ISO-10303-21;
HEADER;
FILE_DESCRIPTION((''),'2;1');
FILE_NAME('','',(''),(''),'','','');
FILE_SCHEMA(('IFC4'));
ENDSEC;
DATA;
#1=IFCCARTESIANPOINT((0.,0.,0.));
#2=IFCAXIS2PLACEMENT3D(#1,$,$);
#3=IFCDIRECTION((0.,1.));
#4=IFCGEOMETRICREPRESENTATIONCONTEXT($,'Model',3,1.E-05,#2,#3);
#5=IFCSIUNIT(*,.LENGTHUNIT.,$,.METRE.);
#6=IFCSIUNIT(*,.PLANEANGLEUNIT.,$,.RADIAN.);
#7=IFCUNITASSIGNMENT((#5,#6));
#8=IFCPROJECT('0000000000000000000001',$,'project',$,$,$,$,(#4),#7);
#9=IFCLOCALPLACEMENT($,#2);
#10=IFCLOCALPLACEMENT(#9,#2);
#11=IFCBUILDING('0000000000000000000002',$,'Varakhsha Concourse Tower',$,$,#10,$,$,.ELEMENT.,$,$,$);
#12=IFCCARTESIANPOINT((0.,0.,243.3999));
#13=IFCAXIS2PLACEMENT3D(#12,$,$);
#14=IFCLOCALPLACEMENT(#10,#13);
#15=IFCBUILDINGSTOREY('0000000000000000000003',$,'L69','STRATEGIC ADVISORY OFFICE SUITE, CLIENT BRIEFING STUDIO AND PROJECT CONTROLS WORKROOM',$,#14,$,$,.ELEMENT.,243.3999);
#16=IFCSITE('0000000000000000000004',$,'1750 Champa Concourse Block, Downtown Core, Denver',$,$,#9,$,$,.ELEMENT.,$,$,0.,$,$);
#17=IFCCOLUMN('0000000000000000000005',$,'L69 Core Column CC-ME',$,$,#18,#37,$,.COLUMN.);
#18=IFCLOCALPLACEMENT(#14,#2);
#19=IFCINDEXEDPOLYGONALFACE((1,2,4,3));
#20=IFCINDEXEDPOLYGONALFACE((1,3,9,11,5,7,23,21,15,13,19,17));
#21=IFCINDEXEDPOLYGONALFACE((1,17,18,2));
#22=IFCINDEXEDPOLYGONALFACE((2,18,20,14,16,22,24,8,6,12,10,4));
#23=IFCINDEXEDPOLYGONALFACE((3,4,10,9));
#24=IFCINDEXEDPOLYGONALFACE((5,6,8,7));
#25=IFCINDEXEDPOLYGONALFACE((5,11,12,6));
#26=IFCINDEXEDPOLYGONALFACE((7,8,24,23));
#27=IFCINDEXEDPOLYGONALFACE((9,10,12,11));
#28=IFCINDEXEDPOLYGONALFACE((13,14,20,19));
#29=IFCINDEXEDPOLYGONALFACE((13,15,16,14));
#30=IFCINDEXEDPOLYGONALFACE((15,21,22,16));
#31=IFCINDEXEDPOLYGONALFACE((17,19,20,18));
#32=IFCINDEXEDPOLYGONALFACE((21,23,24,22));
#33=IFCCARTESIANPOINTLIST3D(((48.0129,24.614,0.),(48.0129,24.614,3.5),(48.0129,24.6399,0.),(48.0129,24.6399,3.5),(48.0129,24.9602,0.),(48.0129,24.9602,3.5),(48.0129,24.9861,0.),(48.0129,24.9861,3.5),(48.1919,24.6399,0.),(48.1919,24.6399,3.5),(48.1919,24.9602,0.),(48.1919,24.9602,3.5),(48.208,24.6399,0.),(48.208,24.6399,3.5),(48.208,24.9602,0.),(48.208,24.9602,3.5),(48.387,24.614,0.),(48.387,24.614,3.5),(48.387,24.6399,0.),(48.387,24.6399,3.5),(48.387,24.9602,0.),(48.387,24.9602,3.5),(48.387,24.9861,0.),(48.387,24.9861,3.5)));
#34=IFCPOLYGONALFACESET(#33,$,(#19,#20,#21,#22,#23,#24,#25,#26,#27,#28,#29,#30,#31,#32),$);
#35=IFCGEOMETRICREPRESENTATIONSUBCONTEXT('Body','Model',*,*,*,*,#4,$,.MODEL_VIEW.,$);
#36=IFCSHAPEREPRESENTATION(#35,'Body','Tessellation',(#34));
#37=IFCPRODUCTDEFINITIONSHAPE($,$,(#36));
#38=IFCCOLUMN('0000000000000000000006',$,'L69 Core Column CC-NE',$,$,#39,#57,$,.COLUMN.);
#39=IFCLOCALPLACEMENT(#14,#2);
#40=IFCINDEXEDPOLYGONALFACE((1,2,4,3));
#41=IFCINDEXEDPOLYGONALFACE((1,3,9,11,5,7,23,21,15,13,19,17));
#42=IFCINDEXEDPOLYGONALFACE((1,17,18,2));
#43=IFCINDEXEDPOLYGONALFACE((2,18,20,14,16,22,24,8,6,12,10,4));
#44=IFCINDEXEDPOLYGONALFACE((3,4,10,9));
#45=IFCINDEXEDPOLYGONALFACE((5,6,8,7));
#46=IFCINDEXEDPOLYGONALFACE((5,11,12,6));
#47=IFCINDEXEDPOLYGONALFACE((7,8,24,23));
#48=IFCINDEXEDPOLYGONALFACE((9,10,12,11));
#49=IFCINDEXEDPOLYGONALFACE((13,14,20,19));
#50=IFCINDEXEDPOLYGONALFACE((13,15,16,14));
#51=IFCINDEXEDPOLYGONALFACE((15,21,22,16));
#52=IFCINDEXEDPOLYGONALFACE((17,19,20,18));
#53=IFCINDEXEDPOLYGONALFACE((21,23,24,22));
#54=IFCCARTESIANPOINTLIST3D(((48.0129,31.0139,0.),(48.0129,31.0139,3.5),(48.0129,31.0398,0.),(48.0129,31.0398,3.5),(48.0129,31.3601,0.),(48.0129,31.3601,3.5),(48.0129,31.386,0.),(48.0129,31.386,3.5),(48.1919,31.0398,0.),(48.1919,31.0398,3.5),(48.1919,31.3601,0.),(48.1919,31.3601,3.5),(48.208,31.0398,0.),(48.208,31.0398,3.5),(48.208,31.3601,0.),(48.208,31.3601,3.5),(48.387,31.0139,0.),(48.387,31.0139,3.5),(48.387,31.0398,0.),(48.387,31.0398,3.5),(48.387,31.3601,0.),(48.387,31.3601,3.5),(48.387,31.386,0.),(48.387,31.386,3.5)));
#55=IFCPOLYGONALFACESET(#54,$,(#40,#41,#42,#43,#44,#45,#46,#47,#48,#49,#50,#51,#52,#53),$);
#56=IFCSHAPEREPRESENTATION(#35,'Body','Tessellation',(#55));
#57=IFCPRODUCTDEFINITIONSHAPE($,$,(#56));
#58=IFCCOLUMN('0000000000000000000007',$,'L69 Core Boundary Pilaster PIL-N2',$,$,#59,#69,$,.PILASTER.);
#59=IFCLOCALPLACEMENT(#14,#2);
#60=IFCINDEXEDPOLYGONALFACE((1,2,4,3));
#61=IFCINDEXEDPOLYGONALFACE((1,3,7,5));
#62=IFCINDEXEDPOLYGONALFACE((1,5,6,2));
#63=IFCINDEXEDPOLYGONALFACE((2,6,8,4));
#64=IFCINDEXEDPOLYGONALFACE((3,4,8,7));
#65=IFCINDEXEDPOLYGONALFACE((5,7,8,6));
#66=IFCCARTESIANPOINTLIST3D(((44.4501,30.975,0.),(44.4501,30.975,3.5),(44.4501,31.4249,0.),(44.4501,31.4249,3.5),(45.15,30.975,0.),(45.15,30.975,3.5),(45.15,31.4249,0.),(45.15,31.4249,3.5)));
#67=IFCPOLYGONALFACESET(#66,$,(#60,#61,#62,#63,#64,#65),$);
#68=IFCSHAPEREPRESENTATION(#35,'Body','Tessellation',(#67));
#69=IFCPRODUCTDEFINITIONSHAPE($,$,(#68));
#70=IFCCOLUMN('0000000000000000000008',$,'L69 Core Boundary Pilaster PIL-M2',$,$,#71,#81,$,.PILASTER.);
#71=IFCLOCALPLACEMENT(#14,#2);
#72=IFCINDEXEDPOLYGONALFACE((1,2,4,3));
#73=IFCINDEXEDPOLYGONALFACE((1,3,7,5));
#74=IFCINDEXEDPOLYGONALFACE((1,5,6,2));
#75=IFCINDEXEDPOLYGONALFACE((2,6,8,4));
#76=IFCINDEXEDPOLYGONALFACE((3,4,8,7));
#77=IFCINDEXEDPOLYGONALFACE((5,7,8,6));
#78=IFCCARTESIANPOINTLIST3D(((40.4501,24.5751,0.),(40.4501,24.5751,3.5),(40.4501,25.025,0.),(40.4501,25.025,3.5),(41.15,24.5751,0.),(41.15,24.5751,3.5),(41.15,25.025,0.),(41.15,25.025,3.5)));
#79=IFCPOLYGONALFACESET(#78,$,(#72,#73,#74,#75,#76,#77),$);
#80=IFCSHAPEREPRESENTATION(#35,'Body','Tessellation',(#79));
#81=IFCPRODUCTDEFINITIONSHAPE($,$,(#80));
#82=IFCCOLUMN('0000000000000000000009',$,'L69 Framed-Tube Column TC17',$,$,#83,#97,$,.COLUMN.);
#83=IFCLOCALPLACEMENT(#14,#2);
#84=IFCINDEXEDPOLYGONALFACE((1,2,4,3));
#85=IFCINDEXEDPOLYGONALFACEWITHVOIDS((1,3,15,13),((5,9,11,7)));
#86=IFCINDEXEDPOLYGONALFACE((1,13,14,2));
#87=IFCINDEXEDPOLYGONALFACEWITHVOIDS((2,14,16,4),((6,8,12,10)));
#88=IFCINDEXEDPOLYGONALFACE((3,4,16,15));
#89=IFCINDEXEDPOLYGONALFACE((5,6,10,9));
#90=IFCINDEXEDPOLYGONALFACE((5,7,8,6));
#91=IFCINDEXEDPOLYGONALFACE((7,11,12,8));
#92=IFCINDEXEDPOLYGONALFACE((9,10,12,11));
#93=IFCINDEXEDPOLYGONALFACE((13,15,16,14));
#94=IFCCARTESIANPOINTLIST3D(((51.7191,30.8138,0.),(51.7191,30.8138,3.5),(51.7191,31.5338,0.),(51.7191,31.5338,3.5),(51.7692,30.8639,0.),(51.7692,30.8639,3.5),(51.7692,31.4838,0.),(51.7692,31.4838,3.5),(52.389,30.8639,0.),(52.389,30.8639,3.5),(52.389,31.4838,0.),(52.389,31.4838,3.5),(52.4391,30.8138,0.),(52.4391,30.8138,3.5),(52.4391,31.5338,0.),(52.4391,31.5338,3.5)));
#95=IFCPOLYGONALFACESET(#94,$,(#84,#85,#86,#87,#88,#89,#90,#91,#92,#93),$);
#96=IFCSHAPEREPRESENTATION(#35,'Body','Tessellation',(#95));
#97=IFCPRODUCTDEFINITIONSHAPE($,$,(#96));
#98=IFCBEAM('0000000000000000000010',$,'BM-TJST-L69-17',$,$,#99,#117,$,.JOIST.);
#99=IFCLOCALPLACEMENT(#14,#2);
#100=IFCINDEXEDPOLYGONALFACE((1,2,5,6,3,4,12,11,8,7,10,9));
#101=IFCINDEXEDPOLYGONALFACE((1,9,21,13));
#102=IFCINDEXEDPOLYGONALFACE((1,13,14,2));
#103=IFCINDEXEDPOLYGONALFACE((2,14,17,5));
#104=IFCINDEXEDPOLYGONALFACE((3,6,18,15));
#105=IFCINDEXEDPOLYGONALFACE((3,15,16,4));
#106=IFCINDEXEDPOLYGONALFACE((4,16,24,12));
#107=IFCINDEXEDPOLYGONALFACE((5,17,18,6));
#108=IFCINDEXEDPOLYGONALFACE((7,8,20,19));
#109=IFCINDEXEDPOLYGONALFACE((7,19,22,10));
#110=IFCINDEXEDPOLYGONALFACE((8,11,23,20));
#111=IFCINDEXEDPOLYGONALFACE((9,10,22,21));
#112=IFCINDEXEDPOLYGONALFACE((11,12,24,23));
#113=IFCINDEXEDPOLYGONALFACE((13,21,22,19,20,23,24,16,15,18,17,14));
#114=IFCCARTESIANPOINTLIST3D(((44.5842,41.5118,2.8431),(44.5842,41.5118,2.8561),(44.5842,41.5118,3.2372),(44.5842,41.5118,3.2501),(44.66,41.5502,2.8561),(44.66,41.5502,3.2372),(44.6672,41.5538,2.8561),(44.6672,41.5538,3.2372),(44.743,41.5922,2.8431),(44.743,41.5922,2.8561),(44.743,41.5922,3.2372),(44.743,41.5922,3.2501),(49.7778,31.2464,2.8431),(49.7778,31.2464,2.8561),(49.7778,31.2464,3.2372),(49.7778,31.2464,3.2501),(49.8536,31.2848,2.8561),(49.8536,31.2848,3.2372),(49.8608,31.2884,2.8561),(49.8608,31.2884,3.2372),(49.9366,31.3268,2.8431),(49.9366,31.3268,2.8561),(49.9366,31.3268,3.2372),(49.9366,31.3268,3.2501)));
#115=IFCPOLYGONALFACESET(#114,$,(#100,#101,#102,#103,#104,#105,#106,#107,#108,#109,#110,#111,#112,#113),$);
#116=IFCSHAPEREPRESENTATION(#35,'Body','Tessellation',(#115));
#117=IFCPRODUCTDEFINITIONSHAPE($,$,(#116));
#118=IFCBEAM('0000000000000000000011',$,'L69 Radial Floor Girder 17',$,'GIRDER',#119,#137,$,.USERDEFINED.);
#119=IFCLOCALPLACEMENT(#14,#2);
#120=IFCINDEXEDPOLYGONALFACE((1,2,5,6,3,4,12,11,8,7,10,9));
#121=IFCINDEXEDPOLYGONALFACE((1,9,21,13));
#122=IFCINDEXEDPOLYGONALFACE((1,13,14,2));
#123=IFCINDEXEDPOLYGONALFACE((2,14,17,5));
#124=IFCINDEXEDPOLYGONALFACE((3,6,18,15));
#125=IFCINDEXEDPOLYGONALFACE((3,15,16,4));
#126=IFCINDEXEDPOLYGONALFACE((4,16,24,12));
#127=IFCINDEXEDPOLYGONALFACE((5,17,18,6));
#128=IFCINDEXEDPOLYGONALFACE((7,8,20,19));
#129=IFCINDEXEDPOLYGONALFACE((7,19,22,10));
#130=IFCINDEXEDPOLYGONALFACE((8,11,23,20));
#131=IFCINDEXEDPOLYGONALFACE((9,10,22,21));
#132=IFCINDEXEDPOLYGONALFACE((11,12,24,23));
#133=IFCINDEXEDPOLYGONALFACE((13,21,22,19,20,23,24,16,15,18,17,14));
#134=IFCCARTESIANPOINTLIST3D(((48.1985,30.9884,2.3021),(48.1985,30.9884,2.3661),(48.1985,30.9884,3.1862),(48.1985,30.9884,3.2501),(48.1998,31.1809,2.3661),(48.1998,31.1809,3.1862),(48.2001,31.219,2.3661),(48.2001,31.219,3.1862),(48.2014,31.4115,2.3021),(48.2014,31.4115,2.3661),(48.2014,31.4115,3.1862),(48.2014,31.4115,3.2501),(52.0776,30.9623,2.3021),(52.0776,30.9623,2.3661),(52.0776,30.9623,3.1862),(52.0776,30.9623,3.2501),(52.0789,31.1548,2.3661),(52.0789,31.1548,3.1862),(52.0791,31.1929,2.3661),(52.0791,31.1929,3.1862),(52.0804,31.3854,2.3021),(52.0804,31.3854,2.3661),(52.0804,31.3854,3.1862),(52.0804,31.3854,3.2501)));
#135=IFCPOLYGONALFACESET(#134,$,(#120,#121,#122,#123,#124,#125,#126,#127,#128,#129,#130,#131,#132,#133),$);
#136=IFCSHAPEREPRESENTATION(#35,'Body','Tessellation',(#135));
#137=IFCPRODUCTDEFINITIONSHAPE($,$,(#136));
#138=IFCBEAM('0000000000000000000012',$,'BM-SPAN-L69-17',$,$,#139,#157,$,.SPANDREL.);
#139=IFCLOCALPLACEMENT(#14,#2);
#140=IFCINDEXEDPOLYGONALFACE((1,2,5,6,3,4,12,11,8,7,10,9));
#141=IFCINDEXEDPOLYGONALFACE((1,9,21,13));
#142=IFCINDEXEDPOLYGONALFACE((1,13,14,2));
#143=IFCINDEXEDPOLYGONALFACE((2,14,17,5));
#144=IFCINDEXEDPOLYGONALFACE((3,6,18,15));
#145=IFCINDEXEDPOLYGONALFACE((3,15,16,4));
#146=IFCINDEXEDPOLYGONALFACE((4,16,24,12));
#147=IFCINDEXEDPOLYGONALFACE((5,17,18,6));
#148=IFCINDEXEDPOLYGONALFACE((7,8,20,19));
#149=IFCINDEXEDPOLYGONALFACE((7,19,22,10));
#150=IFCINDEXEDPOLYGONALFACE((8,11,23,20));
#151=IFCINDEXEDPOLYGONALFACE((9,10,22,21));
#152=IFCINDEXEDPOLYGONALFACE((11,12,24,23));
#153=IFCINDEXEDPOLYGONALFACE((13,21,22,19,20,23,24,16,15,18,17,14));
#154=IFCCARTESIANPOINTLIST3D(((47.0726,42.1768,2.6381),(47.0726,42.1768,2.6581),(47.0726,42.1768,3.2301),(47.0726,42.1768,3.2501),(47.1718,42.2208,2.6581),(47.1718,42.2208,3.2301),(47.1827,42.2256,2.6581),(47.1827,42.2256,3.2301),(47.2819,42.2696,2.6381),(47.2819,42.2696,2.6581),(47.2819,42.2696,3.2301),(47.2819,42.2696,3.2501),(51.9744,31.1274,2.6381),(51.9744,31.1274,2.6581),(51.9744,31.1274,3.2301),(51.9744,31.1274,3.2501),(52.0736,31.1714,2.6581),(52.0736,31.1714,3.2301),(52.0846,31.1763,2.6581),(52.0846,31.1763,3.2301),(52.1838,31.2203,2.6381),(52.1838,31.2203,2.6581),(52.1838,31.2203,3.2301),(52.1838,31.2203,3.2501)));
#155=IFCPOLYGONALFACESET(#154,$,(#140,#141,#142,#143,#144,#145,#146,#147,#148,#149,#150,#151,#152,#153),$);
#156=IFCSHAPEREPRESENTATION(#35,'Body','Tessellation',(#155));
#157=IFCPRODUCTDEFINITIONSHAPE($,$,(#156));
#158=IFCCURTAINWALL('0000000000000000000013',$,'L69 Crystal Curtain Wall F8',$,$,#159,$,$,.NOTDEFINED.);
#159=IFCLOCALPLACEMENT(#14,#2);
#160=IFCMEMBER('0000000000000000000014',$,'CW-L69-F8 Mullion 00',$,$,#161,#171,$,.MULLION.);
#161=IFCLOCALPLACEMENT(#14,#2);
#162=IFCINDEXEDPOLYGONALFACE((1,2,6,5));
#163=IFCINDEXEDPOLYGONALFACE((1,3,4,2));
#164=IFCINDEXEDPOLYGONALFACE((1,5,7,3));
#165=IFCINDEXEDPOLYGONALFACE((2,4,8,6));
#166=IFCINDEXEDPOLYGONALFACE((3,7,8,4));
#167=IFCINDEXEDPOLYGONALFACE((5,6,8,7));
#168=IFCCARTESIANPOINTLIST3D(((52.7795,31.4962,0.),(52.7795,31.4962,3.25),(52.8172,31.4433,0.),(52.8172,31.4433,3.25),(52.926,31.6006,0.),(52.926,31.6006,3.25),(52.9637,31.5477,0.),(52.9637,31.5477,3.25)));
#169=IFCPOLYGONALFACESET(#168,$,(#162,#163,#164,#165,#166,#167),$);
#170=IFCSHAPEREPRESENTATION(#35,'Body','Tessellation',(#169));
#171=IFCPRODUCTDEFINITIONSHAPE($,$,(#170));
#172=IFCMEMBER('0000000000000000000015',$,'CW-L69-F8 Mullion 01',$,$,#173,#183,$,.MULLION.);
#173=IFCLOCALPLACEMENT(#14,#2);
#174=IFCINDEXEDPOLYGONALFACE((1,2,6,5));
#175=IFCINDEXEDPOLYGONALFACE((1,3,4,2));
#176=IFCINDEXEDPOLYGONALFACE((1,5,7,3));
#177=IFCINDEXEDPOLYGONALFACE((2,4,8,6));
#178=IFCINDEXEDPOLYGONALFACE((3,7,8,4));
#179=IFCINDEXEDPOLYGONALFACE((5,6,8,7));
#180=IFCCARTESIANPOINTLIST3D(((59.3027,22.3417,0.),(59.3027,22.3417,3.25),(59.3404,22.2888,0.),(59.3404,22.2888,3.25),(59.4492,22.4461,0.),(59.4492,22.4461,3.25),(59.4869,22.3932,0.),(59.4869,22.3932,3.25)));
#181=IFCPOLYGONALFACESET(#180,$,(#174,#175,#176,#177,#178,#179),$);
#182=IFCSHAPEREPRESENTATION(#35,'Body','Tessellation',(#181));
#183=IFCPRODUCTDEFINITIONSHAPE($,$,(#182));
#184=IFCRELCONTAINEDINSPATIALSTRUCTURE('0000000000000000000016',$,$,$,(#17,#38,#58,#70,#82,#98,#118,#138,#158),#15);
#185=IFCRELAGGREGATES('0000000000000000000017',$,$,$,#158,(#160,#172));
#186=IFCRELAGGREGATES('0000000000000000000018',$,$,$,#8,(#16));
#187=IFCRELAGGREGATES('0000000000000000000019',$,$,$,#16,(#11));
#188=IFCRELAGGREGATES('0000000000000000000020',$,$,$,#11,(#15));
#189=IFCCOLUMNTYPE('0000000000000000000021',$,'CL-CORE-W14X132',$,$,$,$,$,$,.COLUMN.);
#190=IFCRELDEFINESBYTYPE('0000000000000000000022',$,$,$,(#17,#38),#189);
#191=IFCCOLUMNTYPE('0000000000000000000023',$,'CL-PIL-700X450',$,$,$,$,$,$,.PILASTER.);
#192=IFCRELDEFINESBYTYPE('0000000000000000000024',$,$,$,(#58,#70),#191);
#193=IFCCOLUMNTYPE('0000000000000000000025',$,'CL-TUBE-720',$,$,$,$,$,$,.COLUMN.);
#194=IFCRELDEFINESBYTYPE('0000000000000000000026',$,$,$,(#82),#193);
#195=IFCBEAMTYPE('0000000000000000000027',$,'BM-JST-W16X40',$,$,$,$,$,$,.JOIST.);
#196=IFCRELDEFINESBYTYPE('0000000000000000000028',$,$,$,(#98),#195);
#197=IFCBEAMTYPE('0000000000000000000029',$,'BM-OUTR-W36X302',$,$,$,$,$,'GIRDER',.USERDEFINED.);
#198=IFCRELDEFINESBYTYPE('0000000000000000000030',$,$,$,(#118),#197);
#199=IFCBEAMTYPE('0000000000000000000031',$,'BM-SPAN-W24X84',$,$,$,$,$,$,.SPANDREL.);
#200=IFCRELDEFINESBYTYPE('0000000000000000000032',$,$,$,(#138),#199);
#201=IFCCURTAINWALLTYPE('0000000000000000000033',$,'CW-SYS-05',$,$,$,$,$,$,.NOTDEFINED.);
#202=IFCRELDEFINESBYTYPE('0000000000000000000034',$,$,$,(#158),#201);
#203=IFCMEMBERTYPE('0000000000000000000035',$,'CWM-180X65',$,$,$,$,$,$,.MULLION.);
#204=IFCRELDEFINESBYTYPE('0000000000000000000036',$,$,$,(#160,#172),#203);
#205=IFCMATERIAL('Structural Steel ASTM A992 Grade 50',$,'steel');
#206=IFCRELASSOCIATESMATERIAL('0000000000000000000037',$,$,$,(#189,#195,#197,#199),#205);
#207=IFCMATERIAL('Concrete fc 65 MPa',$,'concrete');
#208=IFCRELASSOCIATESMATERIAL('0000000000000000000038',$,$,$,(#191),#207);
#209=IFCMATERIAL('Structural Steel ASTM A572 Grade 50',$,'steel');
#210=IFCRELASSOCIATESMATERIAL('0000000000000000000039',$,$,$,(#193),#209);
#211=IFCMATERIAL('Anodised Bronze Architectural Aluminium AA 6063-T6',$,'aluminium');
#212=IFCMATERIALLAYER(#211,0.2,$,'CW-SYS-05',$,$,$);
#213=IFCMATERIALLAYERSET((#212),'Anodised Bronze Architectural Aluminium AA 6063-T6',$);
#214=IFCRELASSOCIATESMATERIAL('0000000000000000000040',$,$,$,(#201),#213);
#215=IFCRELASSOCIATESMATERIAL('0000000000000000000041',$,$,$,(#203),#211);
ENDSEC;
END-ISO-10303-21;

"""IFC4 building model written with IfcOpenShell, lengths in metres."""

from ifc_helpers import new_model, si_unit, direction, frame, origin, origin_2d, place, context, subcontext, project, spatial, rectangle, hollow_rectangle, i_section, extrude, source, transform, mapped, material, layer, layer_set, material_profile, profile_set, type_object, type_shapes, element, aggregate, save


model = new_model("IFC4")

# Units and contexts
model_context = context("Model", 3, precision=1e-05, world=origin(), true_north=direction((0.0, 1.0)))
body_context = subcontext(model_context, "Body", "Model", "MODEL_VIEW")
ifc_project = project(units=[si_unit("LENGTHUNIT", "METRE"), si_unit("PLANEANGLEUNIT", "RADIAN")], contexts=[model_context])

# Site, building, storey
site_placement = place(None, origin())
site = spatial("IfcSite", under=ifc_project, at=site_placement, Name="1750 Champa Concourse Block, Downtown Core, Denver", CompositionType="ELEMENT", RefElevation=0.0)
building_placement = place(site_placement, origin())
building = spatial("IfcBuilding", under=site, at=building_placement, Name="Varakhsha Concourse Tower", CompositionType="ELEMENT")
storey_placement = place(building_placement, frame((0.0, 0.0, 243.3999)))
storey = spatial("IfcBuildingStorey", under=building, at=storey_placement, Name="L69", Description="STRATEGIC ADVISORY OFFICE SUITE, CLIENT BRIEFING STUDIO AND PROJECT CONTROLS WORKROOM", CompositionType="ELEMENT", Elevation=243.3999)

# Columns
ifc_material_1 = material(Name="Structural Steel ASTM A992 Grade 50", Category="steel")
ifc_material_profile_1 = material_profile(ifc_material_1, i_section(OverallWidth=0.374, OverallDepth=0.3721, WebThickness=0.0161, FlangeThickness=0.0259, at=origin_2d()), Name="W14X132")
ifc_profile_set_1 = profile_set([ifc_material_profile_1], Name="Structural Steel ASTM A992 Grade 50")
column_type_1 = type_object("IfcColumnType", Name="CL-CORE-W14X132", PredefinedType="COLUMN", material=ifc_profile_set_1)
for number, where, z_axis, x_axis, name in (
    (1, (48.2, 24.8, 0.0), (0.0, 0.0, 1.0), (1.0, 0.0, 0.0), "L69 Core Column CC-ME"),
    (2, (48.2, 31.2, 0.0), (0.0, 0.0, 1.0), (1.0, 0.0, 0.0), "L69 Core Column CC-NE"),
):
    element("IfcColumn", number, at=place(storey_placement, frame(where, z_axis=z_axis, x_axis=x_axis)), inside=storey, type_object=column_type_1, Name=name, PredefinedType="COLUMN", context=body_context, shape_type="SweptSolid", body=[
        extrude(i_section(OverallWidth=0.374, OverallDepth=0.3721, WebThickness=0.0161, FlangeThickness=0.0259, at=origin_2d()), origin(), (0.0, 0.0, 1.0), 3.5),
    ])
ifc_material_2 = material(Name="Concrete fc 65 MPa", Category="concrete")
ifc_material_profile_2 = material_profile(ifc_material_2, rectangle(XDim=0.7, YDim=0.45, at=origin_2d()), Name="RC 700x450")
ifc_profile_set_2 = profile_set([ifc_material_profile_2], Name="Concrete fc 65 MPa")
column_type_2 = type_object("IfcColumnType", Name="CL-PIL-700X450", PredefinedType="PILASTER", material=ifc_profile_set_2)
for number, where, z_axis, x_axis, name in (
    (3, (44.8, 31.2, 0.0), (0.0, 0.0, 1.0), (1.0, 0.0, 0.0), "L69 Core Boundary Pilaster PIL-N2"),
    (4, (40.8, 24.8, 0.0), (0.0, 0.0, 1.0), (1.0, 0.0, 0.0), "L69 Core Boundary Pilaster PIL-M2"),
):
    element("IfcColumn", number, at=place(storey_placement, frame(where, z_axis=z_axis, x_axis=x_axis)), inside=storey, type_object=column_type_2, Name=name, PredefinedType="PILASTER", context=body_context, shape_type="SweptSolid", body=[
        extrude(rectangle(XDim=0.7, YDim=0.45, at=origin_2d()), origin(), (0.0, 0.0, 1.0), 3.5),
    ])
ifc_material_3 = material(Name="Structural Steel ASTM A572 Grade 50", Category="steel")
ifc_material_profile_3 = material_profile(ifc_material_3, hollow_rectangle(XDim=0.72, YDim=0.72, WallThickness=0.05, at=origin_2d()), Name="BOX 720x720x50")
ifc_profile_set_3 = profile_set([ifc_material_profile_3], Name="Structural Steel ASTM A572 Grade 50")
column_type_3 = type_object("IfcColumnType", Name="CL-TUBE-720", PredefinedType="COLUMN", material=ifc_profile_set_3)
column_placement = place(storey_placement, frame((52.0791, 31.1738, 0.0), z_axis=(0.0, 0.0, 1.0), x_axis=(1.0, 0.0, 0.0)))
element("IfcColumn", 5, at=column_placement, inside=storey, type_object=column_type_3, Name="L69 Framed-Tube Column TC17", PredefinedType="COLUMN", context=body_context, shape_type="SweptSolid", body=[
    extrude(hollow_rectangle(XDim=0.72, YDim=0.72, WallThickness=0.05, at=origin_2d()), origin(), (0.0, 0.0, 1.0), 3.5),
])

# Beams
ifc_material_profile_4 = material_profile(ifc_material_1, i_section(OverallWidth=0.178, OverallDepth=0.407, WebThickness=0.0081, FlangeThickness=0.0129, at=origin_2d()), Name="W16X40")
ifc_profile_set_4 = profile_set([ifc_material_profile_4], Name="Structural Steel ASTM A992 Grade 50")
beam_type_1 = type_object("IfcBeamType", Name="BM-JST-W16X40", PredefinedType="JOIST", material=ifc_profile_set_4)
beam_1_placement = place(storey_placement, frame((49.8572, 31.2866, 3.0466), z_axis=(-0.451444, 0.892299, 0.0), x_axis=(-0.892299, -0.451444, 0.0)))
element("IfcBeam", 6, at=beam_1_placement, inside=storey, type_object=beam_type_1, Name="BM-TJST-L69-17", PredefinedType="JOIST", context=body_context, shape_type="SweptSolid", body=[
    extrude(i_section(OverallWidth=0.178, OverallDepth=0.407, WebThickness=0.0081, FlangeThickness=0.0129, at=origin_2d()), origin(), (0.0, 0.0, 1.0), 11.5044),
])
ifc_material_profile_5 = material_profile(ifc_material_1, i_section(OverallWidth=0.4231, OverallDepth=0.948, WebThickness=0.0381, FlangeThickness=0.064, at=origin_2d()), Name="W36X302")
ifc_profile_set_5 = profile_set([ifc_material_profile_5], Name="Structural Steel ASTM A992 Grade 50")
beam_type_2 = type_object("IfcBeamType", Name="BM-OUTR-W36X302", ElementType="GIRDER", PredefinedType="USERDEFINED", material=ifc_profile_set_5)
beam_2_placement = place(storey_placement, frame((48.2, 31.2, 2.7761), z_axis=(0.999977, -0.006734, 0.0), x_axis=(0.006734, 0.999977, 0.0)))
element("IfcBeam", 7, at=beam_2_placement, inside=storey, type_object=beam_type_2, Name="L69 Radial Floor Girder 17", ObjectType="GIRDER", PredefinedType="USERDEFINED", context=body_context, shape_type="SweptSolid", body=[
    extrude(i_section(OverallWidth=0.4231, OverallDepth=0.948, WebThickness=0.0381, FlangeThickness=0.064, at=origin_2d()), origin(), (0.0, 0.0, 1.0), 3.8792),
])
ifc_material_profile_6 = material_profile(ifc_material_1, i_section(OverallWidth=0.229, OverallDepth=0.6121, WebThickness=0.012, FlangeThickness=0.02, at=origin_2d()), Name="W24X84")
ifc_profile_set_6 = profile_set([ifc_material_profile_6], Name="Structural Steel ASTM A992 Grade 50")
beam_type_3 = type_object("IfcBeamType", Name="BM-SPAN-W24X84", PredefinedType="SPANDREL", material=ifc_profile_set_6)
beam_3_placement = place(storey_placement, frame((52.0791, 31.1738, 2.9441), z_axis=(-0.40552, 0.914086, 0.0), x_axis=(-0.914086, -0.40552, 0.0)))
element("IfcBeam", 8, at=beam_3_placement, inside=storey, type_object=beam_type_3, Name="BM-SPAN-L69-17", PredefinedType="SPANDREL", context=body_context, shape_type="SweptSolid", body=[
    extrude(i_section(OverallWidth=0.229, OverallDepth=0.6121, WebThickness=0.012, FlangeThickness=0.02, at=origin_2d()), origin(), (0.0, 0.0, 1.0), 12.0879),
])

# Curtain wall, members
ifc_material_4 = material(Name="Anodised Bronze Architectural Aluminium AA 6063-T6", Category="aluminium")
ifc_layer_1 = layer(ifc_material_4, 0.2, Name="CW-SYS-05")
ifc_layer_set_1 = layer_set([ifc_layer_1], Name="Anodised Bronze Architectural Aluminium AA 6063-T6")
curtain_wall_type = type_object("IfcCurtainWallType", Name="CW-SYS-05", PredefinedType="NOTDEFINED", material=ifc_layer_set_1)
curtain_wall_1_placement = place(storey_placement, origin())
curtain_wall_1 = element("IfcCurtainWall", 9, at=curtain_wall_1_placement, inside=storey, type_object=curtain_wall_type, Name="L69 Crystal Curtain Wall F8", PredefinedType="NOTDEFINED")
ifc_material_profile_7 = material_profile(ifc_material_4, rectangle(XDim=0.0649, YDim=0.1799, at=origin_2d()), Name="CWM-180X65")
ifc_profile_set_7 = profile_set([ifc_material_profile_7], Name="Anodised Bronze Architectural Aluminium AA 6063-T6")
member_type_1 = type_object("IfcMemberType", Name="CWM-180X65", PredefinedType="MULLION", material=ifc_profile_set_7)
shared_shape_1 = source(origin(), body_context, "Body", "SweptSolid", [
    extrude(rectangle(XDim=0.0649, YDim=0.1799, at=origin_2d()), origin(), (0.0, 0.0, 1.0), 3.25),
])
type_shapes(member_type_1, [shared_shape_1])
member_1_placement = place(storey_placement, frame((52.8716, 31.522, 0.0), z_axis=(0.0, 0.0, 1.0), x_axis=(0.580306, -0.814398, 0.0)))
member_1 = element("IfcMember", 10, at=member_1_placement, type_object=member_type_1, Name="CW-L69-F8 Mullion 00", PredefinedType="MULLION", context=body_context, shape_type="MappedRepresentation", body=[
    mapped(shared_shape_1, transform((0.0, 0.0, 0.0), scale=1.0)),
])
member_2_placement = place(storey_placement, frame((59.3948, 22.3674, 0.0), z_axis=(0.0, 0.0, 1.0), x_axis=(0.580306, -0.814398, 0.0)))
member_2 = element("IfcMember", 11, at=member_2_placement, type_object=member_type_1, Name="CW-L69-F8 Mullion 01", PredefinedType="MULLION", context=body_context, shape_type="MappedRepresentation", body=[
    mapped(shared_shape_1, transform((0.0, 0.0, 0.0), scale=1.0)),
])

aggregate(curtain_wall_1, [member_1, member_2])

save(model, "model.ifc")
